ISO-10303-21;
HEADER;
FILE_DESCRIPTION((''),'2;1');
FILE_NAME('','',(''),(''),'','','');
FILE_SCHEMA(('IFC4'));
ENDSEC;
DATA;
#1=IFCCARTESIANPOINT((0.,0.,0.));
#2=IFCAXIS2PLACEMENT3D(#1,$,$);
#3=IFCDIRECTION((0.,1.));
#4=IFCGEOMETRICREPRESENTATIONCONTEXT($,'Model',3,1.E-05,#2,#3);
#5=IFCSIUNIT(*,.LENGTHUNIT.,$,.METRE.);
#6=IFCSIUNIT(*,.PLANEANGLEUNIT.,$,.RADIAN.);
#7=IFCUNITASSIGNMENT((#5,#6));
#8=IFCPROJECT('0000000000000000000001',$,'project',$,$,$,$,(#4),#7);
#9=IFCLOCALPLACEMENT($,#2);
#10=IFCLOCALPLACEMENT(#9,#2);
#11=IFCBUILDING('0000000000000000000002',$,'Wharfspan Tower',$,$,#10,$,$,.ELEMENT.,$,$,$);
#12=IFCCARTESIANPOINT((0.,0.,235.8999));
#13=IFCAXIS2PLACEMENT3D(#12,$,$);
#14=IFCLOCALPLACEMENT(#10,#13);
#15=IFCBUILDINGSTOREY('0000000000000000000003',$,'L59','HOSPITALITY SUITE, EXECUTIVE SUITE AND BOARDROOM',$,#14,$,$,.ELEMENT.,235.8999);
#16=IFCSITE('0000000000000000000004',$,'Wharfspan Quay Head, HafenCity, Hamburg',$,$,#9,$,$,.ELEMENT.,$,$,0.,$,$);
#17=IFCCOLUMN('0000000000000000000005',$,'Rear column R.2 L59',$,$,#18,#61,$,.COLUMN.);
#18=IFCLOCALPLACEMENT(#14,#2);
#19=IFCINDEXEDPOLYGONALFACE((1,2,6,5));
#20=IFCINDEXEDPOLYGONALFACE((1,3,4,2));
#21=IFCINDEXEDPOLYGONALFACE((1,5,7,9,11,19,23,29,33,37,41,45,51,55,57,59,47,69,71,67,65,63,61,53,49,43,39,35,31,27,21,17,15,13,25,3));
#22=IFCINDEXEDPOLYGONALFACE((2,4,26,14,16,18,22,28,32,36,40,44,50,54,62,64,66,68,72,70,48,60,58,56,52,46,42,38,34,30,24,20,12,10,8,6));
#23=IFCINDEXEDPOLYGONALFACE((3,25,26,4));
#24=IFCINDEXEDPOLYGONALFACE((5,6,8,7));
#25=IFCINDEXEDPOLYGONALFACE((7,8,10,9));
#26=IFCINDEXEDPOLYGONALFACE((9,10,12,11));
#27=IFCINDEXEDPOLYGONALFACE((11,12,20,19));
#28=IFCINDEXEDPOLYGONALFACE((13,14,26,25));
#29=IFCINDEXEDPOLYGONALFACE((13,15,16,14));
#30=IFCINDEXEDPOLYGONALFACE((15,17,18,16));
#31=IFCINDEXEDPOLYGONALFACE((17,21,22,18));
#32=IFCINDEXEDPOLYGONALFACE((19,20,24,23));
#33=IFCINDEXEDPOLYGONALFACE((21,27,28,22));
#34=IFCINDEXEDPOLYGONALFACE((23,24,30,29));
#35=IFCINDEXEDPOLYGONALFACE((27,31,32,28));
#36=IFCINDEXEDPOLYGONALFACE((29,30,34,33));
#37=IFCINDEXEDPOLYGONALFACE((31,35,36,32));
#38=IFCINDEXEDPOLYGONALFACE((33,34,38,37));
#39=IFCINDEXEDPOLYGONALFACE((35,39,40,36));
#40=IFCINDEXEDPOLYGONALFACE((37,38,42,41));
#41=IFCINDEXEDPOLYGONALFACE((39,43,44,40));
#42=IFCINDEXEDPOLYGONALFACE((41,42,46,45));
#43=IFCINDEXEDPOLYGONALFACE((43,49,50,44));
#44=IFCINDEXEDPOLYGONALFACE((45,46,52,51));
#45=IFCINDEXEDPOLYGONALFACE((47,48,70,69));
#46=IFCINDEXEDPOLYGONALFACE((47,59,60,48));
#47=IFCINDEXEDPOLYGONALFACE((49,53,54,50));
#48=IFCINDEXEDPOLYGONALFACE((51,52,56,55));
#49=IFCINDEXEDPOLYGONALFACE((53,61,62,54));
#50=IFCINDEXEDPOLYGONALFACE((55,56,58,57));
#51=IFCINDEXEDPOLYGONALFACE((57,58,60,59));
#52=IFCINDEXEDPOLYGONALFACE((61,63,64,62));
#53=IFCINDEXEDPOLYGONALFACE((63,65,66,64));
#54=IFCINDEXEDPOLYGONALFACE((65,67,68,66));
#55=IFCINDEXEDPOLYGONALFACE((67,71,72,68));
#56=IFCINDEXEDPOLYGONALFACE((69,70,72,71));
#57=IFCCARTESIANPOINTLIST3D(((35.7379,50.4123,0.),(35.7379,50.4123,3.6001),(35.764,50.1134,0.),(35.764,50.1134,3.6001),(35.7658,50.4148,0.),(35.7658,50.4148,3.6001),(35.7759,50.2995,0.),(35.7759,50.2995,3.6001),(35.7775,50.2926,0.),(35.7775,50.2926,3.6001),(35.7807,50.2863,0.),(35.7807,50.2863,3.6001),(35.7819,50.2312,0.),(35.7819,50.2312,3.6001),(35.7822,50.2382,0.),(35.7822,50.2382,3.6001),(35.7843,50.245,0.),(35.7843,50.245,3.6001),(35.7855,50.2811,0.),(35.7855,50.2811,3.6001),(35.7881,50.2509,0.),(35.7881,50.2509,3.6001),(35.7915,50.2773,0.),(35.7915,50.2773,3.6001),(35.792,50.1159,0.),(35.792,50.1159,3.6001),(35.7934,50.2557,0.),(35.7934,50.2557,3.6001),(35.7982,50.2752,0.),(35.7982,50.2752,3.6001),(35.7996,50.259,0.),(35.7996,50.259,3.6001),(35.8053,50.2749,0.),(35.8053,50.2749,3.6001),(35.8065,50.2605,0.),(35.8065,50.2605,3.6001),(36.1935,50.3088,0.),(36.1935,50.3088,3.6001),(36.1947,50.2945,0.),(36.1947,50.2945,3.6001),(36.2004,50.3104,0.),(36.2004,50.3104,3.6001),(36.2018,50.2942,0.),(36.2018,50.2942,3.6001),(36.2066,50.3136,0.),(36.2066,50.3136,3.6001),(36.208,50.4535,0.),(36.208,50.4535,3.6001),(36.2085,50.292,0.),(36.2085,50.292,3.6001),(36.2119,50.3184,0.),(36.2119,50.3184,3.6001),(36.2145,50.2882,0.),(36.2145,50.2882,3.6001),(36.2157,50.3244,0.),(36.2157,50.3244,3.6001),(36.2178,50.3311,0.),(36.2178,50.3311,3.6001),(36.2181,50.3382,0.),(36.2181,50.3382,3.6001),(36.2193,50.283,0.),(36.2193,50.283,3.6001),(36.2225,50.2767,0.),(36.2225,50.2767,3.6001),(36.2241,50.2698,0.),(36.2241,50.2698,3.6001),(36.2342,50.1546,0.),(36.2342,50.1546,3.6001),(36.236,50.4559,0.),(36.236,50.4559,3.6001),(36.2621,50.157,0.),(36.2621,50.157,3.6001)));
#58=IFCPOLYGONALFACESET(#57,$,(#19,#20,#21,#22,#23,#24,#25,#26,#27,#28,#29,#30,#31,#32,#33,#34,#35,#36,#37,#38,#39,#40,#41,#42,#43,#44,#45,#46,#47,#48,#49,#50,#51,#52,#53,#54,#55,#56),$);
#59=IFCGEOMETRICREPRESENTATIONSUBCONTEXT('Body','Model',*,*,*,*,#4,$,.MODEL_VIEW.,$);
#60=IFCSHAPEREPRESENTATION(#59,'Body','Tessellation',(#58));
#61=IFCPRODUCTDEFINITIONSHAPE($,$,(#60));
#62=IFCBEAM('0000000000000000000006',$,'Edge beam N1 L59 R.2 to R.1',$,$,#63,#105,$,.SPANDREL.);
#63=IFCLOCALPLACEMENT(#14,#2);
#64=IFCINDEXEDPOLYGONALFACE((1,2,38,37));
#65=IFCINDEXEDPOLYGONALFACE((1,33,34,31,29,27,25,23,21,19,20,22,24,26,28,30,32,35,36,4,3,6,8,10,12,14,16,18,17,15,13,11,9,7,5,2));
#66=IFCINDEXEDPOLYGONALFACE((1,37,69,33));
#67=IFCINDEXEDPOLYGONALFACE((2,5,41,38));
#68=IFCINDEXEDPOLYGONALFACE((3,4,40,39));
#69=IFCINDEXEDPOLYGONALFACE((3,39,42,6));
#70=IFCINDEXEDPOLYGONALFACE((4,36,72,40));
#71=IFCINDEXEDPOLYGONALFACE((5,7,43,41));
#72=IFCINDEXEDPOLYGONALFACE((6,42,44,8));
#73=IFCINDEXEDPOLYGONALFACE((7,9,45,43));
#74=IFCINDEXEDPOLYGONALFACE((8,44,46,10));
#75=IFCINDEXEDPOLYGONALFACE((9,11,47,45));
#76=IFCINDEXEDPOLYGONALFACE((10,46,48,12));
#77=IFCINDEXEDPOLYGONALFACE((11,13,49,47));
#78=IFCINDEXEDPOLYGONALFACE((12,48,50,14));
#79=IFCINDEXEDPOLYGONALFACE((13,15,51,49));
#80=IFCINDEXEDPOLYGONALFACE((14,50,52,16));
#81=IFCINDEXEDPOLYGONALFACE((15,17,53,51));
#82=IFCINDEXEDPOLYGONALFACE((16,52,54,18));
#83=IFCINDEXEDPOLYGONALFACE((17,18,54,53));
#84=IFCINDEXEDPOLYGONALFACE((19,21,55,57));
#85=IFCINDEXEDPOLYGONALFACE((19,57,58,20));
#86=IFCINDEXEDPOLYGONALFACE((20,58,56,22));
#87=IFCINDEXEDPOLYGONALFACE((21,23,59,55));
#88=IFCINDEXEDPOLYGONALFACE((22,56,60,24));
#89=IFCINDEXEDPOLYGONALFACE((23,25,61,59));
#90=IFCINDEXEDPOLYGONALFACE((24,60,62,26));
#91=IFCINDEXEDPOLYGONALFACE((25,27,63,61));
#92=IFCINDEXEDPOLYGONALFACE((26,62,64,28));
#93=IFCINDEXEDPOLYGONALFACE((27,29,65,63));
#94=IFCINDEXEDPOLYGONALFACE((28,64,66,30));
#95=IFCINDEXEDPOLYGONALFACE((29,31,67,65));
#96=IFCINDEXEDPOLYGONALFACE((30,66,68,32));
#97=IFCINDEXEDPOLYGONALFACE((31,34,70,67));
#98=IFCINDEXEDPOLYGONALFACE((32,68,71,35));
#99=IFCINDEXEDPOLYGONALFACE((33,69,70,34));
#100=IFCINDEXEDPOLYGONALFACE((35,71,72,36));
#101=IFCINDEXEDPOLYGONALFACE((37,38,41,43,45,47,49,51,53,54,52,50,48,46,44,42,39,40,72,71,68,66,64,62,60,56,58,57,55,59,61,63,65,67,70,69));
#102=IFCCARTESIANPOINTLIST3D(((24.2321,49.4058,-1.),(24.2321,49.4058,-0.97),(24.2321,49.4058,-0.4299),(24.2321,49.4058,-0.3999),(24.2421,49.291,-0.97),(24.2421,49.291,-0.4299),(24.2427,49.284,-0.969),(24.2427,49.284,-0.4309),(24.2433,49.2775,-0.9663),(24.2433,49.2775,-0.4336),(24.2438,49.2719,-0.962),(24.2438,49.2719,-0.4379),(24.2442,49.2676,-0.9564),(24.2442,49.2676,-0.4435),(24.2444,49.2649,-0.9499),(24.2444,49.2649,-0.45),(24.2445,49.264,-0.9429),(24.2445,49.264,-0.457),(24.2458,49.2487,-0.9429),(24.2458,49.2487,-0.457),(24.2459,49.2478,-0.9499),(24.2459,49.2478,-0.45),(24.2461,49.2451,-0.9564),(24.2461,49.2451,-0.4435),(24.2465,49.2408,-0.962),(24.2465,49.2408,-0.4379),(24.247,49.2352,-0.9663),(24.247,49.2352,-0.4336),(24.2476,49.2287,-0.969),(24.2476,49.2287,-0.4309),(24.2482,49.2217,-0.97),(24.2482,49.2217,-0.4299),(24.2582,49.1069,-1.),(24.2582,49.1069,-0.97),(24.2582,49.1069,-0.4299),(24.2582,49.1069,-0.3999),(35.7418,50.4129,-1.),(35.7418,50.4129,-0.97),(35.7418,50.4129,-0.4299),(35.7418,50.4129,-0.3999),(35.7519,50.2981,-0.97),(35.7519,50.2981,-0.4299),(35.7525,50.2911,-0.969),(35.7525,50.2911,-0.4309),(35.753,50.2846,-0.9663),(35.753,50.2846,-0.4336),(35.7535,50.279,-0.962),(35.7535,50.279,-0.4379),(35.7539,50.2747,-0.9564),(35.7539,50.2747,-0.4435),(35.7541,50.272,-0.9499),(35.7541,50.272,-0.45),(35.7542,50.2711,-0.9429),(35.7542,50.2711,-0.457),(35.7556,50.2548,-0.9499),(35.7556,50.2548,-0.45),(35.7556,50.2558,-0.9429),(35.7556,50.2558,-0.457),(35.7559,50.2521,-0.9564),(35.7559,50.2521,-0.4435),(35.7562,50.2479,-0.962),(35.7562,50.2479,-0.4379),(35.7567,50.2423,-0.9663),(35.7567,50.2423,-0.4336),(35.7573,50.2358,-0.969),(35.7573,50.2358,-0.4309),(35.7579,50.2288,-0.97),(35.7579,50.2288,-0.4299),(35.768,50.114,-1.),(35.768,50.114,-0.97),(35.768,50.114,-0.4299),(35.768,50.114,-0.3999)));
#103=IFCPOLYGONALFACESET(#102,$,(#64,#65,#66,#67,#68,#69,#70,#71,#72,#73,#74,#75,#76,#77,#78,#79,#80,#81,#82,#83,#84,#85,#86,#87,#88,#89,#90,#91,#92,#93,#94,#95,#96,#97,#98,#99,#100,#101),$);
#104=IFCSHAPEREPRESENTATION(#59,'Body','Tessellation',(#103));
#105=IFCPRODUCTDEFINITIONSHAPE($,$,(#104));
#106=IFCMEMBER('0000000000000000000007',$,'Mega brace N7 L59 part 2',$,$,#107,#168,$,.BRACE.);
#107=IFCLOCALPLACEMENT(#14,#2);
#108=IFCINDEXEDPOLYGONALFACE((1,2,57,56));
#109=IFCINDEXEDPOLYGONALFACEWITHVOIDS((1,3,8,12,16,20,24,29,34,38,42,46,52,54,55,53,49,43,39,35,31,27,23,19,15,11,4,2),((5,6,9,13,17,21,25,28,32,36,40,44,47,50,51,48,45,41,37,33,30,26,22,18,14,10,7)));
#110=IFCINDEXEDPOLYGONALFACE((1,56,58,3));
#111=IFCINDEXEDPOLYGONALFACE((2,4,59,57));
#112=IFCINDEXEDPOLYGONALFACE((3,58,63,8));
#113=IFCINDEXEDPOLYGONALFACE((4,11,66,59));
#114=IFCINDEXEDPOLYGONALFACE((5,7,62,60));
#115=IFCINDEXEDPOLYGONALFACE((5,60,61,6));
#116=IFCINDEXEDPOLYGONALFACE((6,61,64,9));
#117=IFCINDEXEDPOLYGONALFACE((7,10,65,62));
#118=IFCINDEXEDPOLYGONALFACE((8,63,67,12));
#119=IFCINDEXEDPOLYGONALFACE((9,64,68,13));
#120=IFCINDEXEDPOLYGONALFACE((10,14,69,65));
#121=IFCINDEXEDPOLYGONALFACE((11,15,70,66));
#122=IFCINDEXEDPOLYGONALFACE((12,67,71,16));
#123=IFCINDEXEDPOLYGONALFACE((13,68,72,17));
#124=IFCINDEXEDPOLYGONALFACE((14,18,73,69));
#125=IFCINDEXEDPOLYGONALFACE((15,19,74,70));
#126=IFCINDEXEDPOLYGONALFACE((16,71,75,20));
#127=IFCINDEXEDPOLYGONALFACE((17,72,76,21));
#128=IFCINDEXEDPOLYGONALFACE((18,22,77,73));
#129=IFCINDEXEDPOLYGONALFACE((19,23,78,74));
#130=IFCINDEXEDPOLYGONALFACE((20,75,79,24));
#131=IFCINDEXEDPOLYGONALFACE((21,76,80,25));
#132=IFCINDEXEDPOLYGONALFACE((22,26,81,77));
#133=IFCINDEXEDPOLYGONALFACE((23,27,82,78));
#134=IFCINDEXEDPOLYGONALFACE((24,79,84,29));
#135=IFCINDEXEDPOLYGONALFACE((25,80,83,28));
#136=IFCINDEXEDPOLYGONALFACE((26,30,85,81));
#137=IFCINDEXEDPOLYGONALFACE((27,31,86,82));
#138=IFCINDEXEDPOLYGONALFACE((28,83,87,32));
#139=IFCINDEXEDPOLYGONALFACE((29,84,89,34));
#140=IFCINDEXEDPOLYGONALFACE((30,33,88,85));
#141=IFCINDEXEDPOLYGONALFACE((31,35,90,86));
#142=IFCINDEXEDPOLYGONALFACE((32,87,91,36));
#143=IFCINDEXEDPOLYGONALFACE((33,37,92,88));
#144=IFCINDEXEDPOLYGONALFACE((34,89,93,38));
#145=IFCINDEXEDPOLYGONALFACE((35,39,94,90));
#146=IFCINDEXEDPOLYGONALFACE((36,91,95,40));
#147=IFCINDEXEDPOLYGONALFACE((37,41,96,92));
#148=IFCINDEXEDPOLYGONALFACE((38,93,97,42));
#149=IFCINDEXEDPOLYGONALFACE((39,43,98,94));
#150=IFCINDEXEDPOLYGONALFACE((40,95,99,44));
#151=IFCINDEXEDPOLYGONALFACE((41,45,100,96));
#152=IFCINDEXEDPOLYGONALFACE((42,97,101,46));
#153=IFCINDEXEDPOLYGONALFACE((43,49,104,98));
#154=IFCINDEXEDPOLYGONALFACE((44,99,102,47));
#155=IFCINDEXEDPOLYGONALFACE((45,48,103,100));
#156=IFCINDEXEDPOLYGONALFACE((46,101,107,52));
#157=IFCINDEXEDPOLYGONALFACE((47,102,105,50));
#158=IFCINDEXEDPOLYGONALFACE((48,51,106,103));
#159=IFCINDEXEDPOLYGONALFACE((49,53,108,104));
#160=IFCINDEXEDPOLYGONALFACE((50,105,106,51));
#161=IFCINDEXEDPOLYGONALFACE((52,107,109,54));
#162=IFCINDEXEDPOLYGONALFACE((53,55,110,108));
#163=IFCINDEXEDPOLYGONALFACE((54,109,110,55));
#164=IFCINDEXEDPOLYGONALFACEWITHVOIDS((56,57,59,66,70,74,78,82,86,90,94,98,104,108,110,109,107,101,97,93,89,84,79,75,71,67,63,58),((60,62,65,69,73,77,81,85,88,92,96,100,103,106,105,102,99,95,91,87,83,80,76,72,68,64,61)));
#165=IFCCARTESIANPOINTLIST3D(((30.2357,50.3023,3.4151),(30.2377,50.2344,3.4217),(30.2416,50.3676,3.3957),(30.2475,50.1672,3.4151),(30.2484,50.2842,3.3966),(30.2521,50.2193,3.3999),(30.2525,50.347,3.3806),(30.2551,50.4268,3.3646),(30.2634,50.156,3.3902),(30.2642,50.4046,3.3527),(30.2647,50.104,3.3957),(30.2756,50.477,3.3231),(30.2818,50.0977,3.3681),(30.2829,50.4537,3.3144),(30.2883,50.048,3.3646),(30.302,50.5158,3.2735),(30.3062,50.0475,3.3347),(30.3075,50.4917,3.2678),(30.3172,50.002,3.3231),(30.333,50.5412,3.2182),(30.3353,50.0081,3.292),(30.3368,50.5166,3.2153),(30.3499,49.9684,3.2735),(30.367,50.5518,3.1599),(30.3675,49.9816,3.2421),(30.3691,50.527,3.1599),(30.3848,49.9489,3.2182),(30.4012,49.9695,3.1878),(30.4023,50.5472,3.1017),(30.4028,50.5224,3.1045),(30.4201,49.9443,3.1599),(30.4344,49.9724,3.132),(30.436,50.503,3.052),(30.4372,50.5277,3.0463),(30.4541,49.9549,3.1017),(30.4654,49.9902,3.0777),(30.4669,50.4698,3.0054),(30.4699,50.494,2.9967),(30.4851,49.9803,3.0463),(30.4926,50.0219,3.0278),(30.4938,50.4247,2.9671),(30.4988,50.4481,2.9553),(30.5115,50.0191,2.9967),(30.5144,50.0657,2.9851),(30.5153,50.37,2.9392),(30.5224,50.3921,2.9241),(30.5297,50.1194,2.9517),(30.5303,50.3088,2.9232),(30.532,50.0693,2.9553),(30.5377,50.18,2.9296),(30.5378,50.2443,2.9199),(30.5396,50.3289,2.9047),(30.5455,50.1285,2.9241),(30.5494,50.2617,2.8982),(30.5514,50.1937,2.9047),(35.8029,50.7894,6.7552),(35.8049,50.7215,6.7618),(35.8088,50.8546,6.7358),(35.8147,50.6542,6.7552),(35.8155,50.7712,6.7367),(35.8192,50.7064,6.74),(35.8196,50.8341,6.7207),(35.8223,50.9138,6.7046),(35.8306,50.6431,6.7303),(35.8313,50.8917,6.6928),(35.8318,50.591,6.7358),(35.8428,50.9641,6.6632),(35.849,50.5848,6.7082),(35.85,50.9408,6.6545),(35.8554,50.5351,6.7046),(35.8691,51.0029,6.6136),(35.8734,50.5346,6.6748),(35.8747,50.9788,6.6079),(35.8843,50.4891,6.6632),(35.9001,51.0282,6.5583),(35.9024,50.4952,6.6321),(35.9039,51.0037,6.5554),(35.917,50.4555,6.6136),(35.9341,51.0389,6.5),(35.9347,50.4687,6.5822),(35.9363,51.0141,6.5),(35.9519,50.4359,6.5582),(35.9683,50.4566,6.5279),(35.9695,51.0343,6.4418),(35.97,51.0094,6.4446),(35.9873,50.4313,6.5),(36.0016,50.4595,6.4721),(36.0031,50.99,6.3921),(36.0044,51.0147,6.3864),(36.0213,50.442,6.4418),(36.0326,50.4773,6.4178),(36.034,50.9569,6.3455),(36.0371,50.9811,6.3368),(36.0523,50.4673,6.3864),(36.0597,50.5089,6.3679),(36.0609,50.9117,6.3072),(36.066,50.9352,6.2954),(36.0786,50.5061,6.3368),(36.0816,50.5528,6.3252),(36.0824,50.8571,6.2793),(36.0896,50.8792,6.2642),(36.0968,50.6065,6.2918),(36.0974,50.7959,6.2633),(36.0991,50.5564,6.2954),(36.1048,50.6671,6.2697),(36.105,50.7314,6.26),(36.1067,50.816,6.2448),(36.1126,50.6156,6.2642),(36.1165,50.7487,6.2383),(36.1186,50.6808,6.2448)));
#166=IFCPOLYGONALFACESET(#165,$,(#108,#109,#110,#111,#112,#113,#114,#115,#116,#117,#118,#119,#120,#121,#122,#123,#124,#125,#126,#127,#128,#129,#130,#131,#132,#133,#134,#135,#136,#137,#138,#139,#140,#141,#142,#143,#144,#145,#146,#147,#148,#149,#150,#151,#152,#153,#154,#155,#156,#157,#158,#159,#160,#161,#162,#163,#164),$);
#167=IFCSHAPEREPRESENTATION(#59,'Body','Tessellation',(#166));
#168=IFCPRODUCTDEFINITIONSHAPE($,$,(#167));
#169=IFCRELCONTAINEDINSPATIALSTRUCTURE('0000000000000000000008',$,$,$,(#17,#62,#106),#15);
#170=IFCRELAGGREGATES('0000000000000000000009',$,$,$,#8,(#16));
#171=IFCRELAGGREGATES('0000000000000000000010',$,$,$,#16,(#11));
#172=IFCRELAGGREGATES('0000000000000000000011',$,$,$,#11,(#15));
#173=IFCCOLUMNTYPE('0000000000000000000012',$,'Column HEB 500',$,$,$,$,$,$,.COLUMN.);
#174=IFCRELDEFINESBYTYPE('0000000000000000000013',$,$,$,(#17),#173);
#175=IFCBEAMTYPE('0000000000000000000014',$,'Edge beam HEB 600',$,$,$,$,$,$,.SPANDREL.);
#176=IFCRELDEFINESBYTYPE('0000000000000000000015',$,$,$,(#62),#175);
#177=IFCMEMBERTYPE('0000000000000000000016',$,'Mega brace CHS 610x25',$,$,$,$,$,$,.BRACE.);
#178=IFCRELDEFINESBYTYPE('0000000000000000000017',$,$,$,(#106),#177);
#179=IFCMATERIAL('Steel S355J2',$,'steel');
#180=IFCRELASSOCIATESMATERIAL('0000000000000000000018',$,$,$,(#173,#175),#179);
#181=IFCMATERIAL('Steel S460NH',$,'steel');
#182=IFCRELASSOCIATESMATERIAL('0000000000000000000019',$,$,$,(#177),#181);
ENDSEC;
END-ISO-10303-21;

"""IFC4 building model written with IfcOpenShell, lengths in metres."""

from ifc_helpers import new_model, si_unit, direction, frame, origin, origin_2d, place, context, subcontext, project, spatial, hollow_circle, i_section, extrude, material, material_profile, profile_set, type_object, element, save


model = new_model("IFC4")

# Units and contexts
model_context = context("Model", 3, precision=1e-05, world=origin(), true_north=direction((0.0, 1.0)))
body_context = subcontext(model_context, "Body", "Model", "MODEL_VIEW")
ifc_project = project(units=[si_unit("LENGTHUNIT", "METRE"), si_unit("PLANEANGLEUNIT", "RADIAN")], contexts=[model_context])

# Site, building, storey
site_placement = place(None, origin())
site = spatial("IfcSite", under=ifc_project, at=site_placement, Name="Wharfspan Quay Head, HafenCity, Hamburg", CompositionType="ELEMENT", RefElevation=0.0)
building_placement = place(site_placement, origin())
building = spatial("IfcBuilding", under=site, at=building_placement, Name="Wharfspan Tower", CompositionType="ELEMENT")
storey_placement = place(building_placement, frame((0.0, 0.0, 235.8999)))
storey = spatial("IfcBuildingStorey", under=building, at=storey_placement, Name="L59", Description="HOSPITALITY SUITE, EXECUTIVE SUITE AND BOARDROOM", CompositionType="ELEMENT", Elevation=235.8999)

# Column
ifc_material_1 = material(Name="Steel S355J2", Category="steel")
ifc_material_profile_1 = material_profile(ifc_material_1, i_section(OverallWidth=0.3, OverallDepth=0.5, WebThickness=0.0144, FlangeThickness=0.0281, FilletRadius=0.0271, at=origin_2d()))
ifc_profile_set_1 = profile_set([ifc_material_profile_1], Name="Steel S355J2")
column_type = type_object("IfcColumnType", Name="Column HEB 500", PredefinedType="COLUMN", material=ifc_profile_set_1)
column_placement = place(storey_placement, frame((36.0, 50.2847, 0.0), z_axis=(0.0, 0.0, 1.0), x_axis=(-0.087156, 0.996197, 0.0)))
element("IfcColumn", 1, at=column_placement, inside=storey, type_object=column_type, Name="Rear column R.2 L59", PredefinedType="COLUMN", context=body_context, shape_type="SweptSolid", body=[
    extrude(i_section(OverallWidth=0.3, OverallDepth=0.5, WebThickness=0.0144, FlangeThickness=0.0281, FilletRadius=0.0271, at=origin_2d()), origin(), (0.0, 0.0, 1.0), 3.6001),
])

# Beam
ifc_material_profile_2 = material_profile(ifc_material_1, i_section(OverallWidth=0.3, OverallDepth=0.6001, WebThickness=0.0154, FlangeThickness=0.03, FilletRadius=0.0271, at=origin_2d()))
ifc_profile_set_2 = profile_set([ifc_material_profile_2], Name="Steel S355J2")
beam_type = type_object("IfcBeamType", Name="Edge beam HEB 600", PredefinedType="SPANDREL", material=ifc_profile_set_2)
beam_placement = place(storey_placement, frame((35.7549, 50.2634, -0.7), z_axis=(-0.996194, -0.087165, 0.0), x_axis=(0.087165, -0.996194, 0.0)))
element("IfcBeam", 2, at=beam_placement, inside=storey, type_object=beam_type, Name="Edge beam N1 L59 R.2 to R.1", PredefinedType="SPANDREL", context=body_context, shape_type="SweptSolid", body=[
    extrude(i_section(OverallWidth=0.3, OverallDepth=0.6001, WebThickness=0.0154, FlangeThickness=0.03, FilletRadius=0.0271, at=origin_2d()), origin(), (0.0, 0.0, 1.0), 11.5537),
])

# Member
ifc_material_2 = material(Name="Steel S460NH", Category="steel")
ifc_material_profile_3 = material_profile(ifc_material_2, hollow_circle(Radius=0.3049, WallThickness=0.0249, at=origin_2d()))
ifc_profile_set_3 = profile_set([ifc_material_profile_3], Name="Steel S460NH")
member_type = type_object("IfcMemberType", Name="Mega brace CHS 610x25", PredefinedType="BRACE", material=ifc_profile_set_3)
member_1_placement = place(storey_placement, frame((30.3936, 50.248, 3.1599), z_axis=(0.855103, 0.074812, 0.513032), x_axis=(-0.087157, 0.996193, 0.000002)))
element("IfcMember", 3, at=member_1_placement, inside=storey, type_object=member_type, Name="Mega brace N7 L59 part 2", PredefinedType="BRACE", context=body_context, shape_type="SweptSolid", body=[
    extrude(hollow_circle(Radius=0.3049, WallThickness=0.0249, at=origin_2d()), origin(), (0.0, 0.0, 1.0), 6.5105),
])

save(model, "model.ifc")
